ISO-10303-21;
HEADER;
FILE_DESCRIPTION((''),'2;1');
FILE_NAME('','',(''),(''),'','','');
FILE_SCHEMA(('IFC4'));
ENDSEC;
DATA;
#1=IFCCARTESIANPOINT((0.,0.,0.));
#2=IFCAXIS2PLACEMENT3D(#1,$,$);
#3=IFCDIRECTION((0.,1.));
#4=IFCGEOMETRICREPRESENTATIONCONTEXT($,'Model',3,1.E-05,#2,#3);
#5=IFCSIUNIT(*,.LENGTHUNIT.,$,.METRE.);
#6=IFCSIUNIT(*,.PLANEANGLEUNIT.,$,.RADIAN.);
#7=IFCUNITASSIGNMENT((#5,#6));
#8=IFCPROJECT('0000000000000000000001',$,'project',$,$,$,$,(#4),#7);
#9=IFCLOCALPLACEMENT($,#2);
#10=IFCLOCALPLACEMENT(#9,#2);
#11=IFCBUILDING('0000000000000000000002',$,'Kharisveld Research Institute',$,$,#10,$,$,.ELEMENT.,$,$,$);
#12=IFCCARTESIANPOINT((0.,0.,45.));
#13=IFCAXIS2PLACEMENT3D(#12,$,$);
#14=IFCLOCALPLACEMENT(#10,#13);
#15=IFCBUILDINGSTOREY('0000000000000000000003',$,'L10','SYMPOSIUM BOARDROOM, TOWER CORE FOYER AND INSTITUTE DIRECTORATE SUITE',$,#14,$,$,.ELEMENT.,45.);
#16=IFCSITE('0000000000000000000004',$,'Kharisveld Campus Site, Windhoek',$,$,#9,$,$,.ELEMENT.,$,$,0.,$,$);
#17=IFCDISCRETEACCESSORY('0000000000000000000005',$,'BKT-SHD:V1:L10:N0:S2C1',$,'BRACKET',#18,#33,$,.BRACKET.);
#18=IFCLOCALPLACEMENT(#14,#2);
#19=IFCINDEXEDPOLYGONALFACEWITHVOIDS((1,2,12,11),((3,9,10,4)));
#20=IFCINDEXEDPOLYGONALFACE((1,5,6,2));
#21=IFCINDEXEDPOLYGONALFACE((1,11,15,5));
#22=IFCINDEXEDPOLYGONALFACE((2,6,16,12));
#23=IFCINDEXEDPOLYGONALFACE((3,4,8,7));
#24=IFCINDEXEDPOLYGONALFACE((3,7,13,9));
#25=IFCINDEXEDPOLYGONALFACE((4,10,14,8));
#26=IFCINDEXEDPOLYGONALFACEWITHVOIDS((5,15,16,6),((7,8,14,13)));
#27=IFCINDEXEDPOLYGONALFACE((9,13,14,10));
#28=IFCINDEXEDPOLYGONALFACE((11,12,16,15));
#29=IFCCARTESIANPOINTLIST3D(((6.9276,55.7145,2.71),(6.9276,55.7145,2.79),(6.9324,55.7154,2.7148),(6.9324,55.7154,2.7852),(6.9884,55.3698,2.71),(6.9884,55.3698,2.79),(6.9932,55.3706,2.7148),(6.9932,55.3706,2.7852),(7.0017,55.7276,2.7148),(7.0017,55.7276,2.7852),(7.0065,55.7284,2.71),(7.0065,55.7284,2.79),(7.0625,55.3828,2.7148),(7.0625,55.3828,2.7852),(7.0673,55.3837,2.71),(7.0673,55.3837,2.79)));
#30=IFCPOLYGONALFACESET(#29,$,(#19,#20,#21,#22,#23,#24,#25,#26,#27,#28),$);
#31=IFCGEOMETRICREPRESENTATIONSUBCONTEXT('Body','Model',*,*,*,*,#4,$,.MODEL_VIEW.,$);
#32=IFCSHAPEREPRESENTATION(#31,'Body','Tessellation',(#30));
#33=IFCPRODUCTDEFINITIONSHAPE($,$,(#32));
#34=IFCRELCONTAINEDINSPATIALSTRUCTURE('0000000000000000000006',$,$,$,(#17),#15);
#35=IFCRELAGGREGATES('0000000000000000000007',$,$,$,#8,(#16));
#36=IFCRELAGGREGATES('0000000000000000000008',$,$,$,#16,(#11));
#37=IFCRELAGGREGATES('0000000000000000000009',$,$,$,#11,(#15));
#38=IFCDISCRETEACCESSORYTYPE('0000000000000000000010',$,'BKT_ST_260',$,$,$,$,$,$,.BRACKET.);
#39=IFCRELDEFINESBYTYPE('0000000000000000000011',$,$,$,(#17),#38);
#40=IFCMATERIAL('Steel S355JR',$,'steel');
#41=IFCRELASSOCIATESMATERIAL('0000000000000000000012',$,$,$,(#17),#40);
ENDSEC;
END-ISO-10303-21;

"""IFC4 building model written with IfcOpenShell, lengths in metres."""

from ifc_helpers import new_model, si_unit, direction, frame, origin, origin_2d, place, context, subcontext, project, spatial, hollow_rectangle, extrude, material, type_object, element, save


model = new_model("IFC4")

# Units and contexts
model_context = context("Model", 3, precision=1e-05, world=origin(), true_north=direction((0.0, 1.0)))
body_context = subcontext(model_context, "Body", "Model", "MODEL_VIEW")
ifc_project = project(units=[si_unit("LENGTHUNIT", "METRE"), si_unit("PLANEANGLEUNIT", "RADIAN")], contexts=[model_context])

# Site, building, storey
site_placement = place(None, origin())
site = spatial("IfcSite", under=ifc_project, at=site_placement, Name="Kharisveld Campus Site, Windhoek", CompositionType="ELEMENT", RefElevation=0.0)
building_placement = place(site_placement, origin())
building = spatial("IfcBuilding", under=site, at=building_placement, Name="Kharisveld Research Institute", CompositionType="ELEMENT")
storey_placement = place(building_placement, frame((0.0, 0.0, 45.0)))
storey = spatial("IfcBuildingStorey", under=building, at=storey_placement, Name="L10", Description="SYMPOSIUM BOARDROOM, TOWER CORE FOYER AND INSTITUTE DIRECTORATE SUITE", CompositionType="ELEMENT", Elevation=45.0)

# Discrete accessory
ifc_material_1 = material(Name="Steel S355JR", Category="steel")
discrete_accessory_type = type_object("IfcDiscreteAccessoryType", Name="BKT_ST_260", PredefinedType="BRACKET")
for number, where, z_axis, x_axis, name in (
    (1, (7.0278, 55.3767, 2.75), (-0.173666, 0.984805, 0.0), (-0.984805, -0.173666, 0.0), "BKT-SHD:V1:L10:N0:S2C1"),
):
    element("IfcDiscreteAccessory", number, at=place(storey_placement, frame(where, z_axis=z_axis, x_axis=x_axis)), inside=storey, type_object=discrete_accessory_type, material=ifc_material_1, Name=name, ObjectType="BRACKET", PredefinedType="BRACKET", context=body_context, shape_type="SweptSolid", body=[
        extrude(hollow_rectangle(XDim=0.0801, YDim=0.0801, WallThickness=0.0049, at=origin_2d()), origin(), (0.0, 0.0, 1.0), 0.3501),
    ])

save(model, "model.ifc")
